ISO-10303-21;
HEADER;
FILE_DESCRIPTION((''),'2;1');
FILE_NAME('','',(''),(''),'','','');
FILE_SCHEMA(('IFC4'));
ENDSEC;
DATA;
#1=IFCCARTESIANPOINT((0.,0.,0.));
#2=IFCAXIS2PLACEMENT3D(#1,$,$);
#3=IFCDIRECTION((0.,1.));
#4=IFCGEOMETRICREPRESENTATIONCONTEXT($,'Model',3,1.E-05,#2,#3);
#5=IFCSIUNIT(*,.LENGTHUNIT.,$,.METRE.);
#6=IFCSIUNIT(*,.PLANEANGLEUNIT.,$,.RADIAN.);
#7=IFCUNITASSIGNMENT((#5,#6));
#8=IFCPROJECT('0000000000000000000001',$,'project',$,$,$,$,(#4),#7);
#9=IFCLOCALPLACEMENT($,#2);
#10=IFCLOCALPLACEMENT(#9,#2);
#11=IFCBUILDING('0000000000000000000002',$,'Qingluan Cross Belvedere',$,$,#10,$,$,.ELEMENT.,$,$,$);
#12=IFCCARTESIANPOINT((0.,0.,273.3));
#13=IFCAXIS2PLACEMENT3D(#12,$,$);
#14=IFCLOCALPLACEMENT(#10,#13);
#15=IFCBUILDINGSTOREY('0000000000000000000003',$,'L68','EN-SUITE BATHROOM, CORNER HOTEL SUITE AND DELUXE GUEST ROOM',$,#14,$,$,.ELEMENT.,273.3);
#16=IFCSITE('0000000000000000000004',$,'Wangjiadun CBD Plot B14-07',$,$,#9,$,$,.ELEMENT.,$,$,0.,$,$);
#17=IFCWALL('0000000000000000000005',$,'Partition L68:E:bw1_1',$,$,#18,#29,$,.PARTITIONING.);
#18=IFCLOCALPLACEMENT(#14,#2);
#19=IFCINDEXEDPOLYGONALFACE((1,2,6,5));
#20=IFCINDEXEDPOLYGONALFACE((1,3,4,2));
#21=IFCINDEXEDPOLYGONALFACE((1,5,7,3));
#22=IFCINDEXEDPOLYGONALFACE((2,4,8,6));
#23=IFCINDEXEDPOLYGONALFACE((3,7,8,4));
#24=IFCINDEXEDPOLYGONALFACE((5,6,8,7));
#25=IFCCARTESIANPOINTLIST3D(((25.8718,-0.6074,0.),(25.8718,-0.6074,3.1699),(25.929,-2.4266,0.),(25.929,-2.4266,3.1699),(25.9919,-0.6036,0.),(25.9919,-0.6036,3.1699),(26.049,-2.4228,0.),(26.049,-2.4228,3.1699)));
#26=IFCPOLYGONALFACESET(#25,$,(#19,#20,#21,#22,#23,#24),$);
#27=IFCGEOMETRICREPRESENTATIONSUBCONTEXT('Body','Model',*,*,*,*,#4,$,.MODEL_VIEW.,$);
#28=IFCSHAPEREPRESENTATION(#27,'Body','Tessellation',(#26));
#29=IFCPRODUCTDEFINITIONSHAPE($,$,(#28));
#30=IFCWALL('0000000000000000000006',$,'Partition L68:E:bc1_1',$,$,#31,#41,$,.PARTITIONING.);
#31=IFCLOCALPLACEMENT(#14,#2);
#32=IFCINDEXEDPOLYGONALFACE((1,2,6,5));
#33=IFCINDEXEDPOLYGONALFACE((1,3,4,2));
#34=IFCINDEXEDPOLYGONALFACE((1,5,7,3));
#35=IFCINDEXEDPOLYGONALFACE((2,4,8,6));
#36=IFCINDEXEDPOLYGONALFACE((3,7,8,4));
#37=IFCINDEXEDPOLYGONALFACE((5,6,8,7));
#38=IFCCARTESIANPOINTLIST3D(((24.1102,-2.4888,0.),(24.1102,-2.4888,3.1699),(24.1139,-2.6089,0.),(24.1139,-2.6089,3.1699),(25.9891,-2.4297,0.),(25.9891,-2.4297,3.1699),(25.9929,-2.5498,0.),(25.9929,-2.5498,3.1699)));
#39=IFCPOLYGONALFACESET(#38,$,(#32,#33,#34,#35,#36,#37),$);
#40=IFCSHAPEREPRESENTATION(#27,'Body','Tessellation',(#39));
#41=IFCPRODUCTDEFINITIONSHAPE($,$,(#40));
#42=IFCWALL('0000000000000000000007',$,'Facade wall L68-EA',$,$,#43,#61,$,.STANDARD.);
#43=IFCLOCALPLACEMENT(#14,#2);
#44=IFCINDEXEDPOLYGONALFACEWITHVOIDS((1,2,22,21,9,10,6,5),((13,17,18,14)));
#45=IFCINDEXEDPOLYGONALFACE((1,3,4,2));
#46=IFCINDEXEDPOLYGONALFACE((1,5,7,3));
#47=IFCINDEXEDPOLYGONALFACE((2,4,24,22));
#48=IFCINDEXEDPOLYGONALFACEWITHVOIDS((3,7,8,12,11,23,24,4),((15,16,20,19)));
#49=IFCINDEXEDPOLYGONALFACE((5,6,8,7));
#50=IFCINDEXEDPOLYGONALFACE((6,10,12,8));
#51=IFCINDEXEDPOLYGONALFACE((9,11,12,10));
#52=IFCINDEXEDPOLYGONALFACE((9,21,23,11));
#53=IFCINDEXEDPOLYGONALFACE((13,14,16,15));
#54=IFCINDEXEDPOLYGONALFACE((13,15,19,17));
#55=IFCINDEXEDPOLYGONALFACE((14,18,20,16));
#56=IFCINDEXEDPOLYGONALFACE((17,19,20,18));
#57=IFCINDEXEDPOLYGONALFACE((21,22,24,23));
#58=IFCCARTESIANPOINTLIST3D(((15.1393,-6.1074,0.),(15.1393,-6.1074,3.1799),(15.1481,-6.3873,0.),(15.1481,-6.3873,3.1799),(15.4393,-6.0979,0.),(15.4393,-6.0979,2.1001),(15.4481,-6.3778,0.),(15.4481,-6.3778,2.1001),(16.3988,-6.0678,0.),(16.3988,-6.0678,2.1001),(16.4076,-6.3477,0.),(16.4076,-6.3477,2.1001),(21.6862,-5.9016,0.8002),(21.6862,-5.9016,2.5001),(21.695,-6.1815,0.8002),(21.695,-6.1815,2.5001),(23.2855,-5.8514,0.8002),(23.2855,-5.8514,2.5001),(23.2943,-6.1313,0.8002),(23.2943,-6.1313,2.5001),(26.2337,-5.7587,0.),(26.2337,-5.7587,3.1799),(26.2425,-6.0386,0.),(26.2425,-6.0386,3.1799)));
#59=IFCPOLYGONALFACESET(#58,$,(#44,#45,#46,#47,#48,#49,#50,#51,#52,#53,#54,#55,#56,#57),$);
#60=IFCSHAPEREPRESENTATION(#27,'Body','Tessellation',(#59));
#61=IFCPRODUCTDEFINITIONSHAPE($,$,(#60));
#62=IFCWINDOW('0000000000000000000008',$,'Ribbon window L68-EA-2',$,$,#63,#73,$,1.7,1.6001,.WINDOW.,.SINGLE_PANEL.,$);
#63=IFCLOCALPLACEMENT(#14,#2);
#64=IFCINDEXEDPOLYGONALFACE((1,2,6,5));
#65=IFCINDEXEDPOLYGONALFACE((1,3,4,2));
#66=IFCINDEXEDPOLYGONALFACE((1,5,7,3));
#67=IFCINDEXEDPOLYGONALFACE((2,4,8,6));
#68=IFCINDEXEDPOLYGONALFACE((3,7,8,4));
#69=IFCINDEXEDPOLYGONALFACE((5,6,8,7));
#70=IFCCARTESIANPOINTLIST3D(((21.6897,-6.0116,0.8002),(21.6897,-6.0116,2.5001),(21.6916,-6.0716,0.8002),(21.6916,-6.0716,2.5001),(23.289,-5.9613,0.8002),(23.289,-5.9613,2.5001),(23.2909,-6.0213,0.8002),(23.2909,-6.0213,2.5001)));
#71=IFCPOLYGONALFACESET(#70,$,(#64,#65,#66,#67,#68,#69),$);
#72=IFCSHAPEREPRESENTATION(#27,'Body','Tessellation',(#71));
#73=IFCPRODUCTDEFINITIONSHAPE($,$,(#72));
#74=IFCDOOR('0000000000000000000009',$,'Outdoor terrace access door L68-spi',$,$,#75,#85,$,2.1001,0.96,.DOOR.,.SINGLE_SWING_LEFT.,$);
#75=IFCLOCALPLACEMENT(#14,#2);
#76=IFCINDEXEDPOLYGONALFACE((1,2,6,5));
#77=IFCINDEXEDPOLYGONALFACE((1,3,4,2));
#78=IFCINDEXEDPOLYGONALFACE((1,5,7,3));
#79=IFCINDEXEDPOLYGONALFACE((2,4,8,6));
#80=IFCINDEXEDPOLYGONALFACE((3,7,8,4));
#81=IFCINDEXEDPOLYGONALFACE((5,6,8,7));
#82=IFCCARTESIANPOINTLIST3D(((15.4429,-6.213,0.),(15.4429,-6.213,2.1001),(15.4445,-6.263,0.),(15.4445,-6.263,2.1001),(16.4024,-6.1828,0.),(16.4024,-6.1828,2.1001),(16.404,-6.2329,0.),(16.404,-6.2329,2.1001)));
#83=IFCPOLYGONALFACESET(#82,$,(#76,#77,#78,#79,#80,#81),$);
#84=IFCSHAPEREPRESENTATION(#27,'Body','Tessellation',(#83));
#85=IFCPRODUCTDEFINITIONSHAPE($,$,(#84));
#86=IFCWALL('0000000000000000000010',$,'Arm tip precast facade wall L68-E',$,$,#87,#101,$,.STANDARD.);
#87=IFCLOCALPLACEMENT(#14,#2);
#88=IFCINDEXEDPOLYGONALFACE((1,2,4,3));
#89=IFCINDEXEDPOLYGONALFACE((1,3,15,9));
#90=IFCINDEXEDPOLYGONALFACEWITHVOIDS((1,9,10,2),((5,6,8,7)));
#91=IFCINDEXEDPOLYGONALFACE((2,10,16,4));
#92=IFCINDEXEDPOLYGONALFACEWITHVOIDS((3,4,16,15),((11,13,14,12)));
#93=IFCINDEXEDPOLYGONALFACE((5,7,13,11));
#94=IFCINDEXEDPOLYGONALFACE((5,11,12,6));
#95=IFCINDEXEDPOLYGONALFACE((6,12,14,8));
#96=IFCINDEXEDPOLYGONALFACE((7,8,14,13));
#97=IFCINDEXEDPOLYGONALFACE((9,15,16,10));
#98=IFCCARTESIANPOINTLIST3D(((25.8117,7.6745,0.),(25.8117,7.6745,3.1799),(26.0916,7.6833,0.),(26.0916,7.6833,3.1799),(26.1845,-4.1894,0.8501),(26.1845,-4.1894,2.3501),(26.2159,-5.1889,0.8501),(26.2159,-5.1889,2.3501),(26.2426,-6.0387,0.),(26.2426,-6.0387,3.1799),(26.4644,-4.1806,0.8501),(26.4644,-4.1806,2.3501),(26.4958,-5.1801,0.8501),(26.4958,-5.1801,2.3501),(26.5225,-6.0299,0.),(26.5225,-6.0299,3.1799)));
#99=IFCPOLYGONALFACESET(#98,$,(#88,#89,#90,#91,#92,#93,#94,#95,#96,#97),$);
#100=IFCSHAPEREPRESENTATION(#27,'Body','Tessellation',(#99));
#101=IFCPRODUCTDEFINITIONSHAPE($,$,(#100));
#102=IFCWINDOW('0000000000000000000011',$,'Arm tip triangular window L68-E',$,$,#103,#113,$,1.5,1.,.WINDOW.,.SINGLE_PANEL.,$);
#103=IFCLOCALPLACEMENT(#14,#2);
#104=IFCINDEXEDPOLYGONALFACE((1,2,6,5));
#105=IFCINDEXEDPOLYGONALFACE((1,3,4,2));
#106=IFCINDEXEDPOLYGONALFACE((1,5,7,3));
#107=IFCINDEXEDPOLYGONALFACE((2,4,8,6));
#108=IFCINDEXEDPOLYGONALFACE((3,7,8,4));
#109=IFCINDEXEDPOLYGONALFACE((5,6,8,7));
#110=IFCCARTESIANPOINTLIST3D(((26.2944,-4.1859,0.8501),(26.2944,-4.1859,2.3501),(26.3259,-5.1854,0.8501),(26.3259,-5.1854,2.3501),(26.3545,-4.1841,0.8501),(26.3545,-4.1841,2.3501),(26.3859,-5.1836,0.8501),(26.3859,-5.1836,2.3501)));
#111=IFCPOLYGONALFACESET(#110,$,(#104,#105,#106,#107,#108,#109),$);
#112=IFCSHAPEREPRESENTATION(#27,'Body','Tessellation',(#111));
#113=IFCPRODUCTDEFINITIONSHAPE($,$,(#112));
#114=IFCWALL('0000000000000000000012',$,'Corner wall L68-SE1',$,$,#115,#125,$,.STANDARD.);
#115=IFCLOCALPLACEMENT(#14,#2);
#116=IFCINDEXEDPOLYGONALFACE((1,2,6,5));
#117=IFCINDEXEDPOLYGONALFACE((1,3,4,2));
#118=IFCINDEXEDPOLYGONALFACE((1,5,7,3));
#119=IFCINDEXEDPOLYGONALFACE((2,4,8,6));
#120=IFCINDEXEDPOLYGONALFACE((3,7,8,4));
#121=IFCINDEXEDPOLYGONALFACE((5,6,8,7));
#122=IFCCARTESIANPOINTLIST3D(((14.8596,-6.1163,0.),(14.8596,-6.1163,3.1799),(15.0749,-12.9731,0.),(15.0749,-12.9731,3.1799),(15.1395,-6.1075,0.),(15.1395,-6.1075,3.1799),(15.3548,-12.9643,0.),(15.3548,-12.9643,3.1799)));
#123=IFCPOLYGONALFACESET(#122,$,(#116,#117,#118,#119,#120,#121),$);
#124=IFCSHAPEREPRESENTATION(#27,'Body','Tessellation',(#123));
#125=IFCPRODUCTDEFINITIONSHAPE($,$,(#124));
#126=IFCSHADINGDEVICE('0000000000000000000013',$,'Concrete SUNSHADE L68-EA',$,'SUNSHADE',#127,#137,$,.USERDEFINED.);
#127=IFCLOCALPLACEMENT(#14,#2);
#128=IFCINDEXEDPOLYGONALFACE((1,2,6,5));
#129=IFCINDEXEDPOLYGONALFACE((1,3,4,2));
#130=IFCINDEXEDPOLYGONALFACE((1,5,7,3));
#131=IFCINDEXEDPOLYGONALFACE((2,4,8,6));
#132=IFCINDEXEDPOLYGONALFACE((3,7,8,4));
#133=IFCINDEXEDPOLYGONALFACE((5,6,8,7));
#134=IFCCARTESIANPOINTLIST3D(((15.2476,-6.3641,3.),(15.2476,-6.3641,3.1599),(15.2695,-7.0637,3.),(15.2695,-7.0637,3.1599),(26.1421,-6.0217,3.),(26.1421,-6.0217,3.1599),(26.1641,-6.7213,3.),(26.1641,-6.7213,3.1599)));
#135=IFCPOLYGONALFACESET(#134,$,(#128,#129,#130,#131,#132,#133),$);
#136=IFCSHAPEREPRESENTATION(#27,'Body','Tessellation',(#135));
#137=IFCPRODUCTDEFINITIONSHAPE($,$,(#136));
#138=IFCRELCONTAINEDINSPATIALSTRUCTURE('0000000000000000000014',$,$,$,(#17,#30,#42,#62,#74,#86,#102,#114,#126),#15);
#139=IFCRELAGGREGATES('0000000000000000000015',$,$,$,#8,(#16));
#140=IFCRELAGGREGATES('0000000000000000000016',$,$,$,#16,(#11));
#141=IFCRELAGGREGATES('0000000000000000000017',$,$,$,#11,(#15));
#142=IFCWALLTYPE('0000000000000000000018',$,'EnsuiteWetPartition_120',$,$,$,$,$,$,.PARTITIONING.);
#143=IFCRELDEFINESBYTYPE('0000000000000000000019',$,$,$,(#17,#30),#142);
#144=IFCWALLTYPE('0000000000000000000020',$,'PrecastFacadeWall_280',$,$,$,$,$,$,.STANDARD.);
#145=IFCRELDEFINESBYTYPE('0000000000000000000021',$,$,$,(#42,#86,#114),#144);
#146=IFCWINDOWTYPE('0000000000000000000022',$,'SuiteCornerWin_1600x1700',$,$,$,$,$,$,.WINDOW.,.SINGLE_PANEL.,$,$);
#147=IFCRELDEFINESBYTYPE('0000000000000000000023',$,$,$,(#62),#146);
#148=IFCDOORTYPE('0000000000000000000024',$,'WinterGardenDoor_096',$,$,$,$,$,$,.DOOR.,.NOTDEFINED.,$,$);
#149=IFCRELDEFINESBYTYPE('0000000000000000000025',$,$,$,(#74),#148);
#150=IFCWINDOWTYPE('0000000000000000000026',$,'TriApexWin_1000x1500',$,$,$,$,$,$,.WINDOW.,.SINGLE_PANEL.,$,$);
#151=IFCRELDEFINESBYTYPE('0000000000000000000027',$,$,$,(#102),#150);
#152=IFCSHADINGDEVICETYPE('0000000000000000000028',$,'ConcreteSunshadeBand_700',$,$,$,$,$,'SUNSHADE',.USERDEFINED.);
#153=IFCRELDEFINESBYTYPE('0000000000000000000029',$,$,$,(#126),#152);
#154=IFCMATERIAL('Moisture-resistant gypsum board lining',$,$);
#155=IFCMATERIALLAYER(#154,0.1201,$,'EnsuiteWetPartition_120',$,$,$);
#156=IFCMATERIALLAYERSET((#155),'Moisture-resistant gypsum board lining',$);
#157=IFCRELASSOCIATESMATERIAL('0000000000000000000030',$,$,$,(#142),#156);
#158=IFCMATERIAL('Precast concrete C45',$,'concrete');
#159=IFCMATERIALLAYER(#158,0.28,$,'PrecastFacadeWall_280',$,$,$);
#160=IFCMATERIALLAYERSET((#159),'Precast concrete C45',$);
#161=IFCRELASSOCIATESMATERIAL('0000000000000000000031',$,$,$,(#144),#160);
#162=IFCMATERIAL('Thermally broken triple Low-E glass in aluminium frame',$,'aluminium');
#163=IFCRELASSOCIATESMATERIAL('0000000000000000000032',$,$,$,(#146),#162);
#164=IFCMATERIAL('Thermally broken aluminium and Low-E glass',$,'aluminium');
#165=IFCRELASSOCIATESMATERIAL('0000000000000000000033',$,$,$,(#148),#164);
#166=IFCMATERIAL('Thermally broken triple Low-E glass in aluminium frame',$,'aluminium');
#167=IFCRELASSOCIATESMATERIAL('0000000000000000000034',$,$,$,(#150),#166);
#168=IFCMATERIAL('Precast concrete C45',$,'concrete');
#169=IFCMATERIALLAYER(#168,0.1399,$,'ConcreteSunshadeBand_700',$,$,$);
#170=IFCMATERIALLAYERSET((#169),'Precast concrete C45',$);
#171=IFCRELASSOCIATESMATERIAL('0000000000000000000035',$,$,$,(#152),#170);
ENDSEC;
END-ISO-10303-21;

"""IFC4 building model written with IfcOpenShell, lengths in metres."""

from ifc_helpers import new_model, si_unit, direction, frame, frame_2d, origin, origin_2d, place, context, subcontext, project, spatial, rectangle, extrude, material, layer, layer_set, type_object, element, fill, save


model = new_model("IFC4")

# Units and contexts
model_context = context("Model", 3, precision=1e-05, world=origin(), true_north=direction((0.0, 1.0)))
body_context = subcontext(model_context, "Body", "Model", "MODEL_VIEW")
ifc_project = project(units=[si_unit("LENGTHUNIT", "METRE"), si_unit("PLANEANGLEUNIT", "RADIAN")], contexts=[model_context])

# Site, building, storey
site_placement = place(None, origin())
site = spatial("IfcSite", under=ifc_project, at=site_placement, Name="Wangjiadun CBD Plot B14-07", CompositionType="ELEMENT", RefElevation=0.0)
building_placement = place(site_placement, origin())
building = spatial("IfcBuilding", under=site, at=building_placement, Name="Qingluan Cross Belvedere", CompositionType="ELEMENT")
storey_placement = place(building_placement, frame((0.0, 0.0, 273.3)))
storey = spatial("IfcBuildingStorey", under=building, at=storey_placement, Name="L68", Description="EN-SUITE BATHROOM, CORNER HOTEL SUITE AND DELUXE GUEST ROOM", CompositionType="ELEMENT", Elevation=273.3)

# Shared definitions
ifc_material_1 = material(Name="Moisture-resistant gypsum board lining")
ifc_layer_1 = layer(ifc_material_1, 0.1201, Name="EnsuiteWetPartition_120")
ifc_layer_set_1 = layer_set([ifc_layer_1], Name="Moisture-resistant gypsum board lining")
wall_type_1 = type_object("IfcWallType", Name="EnsuiteWetPartition_120", PredefinedType="PARTITIONING", material=ifc_layer_set_1)

# Walls
wall_1_placement = place(storey_placement, frame((25.989, -2.4248, 0.0), z_axis=(0.0, 0.0, 1.0), x_axis=(-0.03139, 0.999507, 0.0)))
element("IfcWall", 1, at=wall_1_placement, inside=storey, type_object=wall_type_1, Name="Partition L68:E:bw1_1", PredefinedType="PARTITIONING", context=body_context, shape_type="SweptSolid", body=[
    extrude(rectangle(XDim=1.8201, YDim=0.1201, at=frame_2d((0.9102, 0.0))), origin(), (0.0, 0.0, 1.0), 3.1699),
])
wall_2_placement = place(storey_placement, frame((24.1121, -2.5488, 0.0), z_axis=(0.0, 0.0, 1.0), x_axis=(0.999506, 0.031429, 0.0)))
element("IfcWall", 2, at=wall_2_placement, inside=storey, type_object=wall_type_1, Name="Partition L68:E:bc1_1", PredefinedType="PARTITIONING", context=body_context, shape_type="SweptSolid", body=[
    extrude(rectangle(XDim=1.8799, YDim=0.1201, at=frame_2d((0.9399, 0.0))), origin(), (0.0, 0.0, 1.0), 3.1699),
])

# Wall, openings, window, door
ifc_material_2 = material(Name="Precast concrete C45", Category="concrete")
ifc_layer_2 = layer(ifc_material_2, 0.28, Name="PrecastFacadeWall_280")
ifc_layer_set_2 = layer_set([ifc_layer_2], Name="Precast concrete C45")
wall_type_2 = type_object("IfcWallType", Name="PrecastFacadeWall_280", PredefinedType="STANDARD", material=ifc_layer_set_2)
wall_3_placement = place(storey_placement, frame((15.1438, -6.2473, 0.0), z_axis=(0.0, 0.0, 1.0), x_axis=(0.999507, 0.031408, 0.0)))
wall_3 = element("IfcWall", 3, at=wall_3_placement, inside=storey, type_object=wall_type_2, Name="Facade wall L68-EA", PredefinedType="STANDARD", context=body_context, shape_type="SweptSolid", body=[
    extrude(rectangle(XDim=11.0999, YDim=0.28, at=frame_2d((5.5498, 0.0))), origin(), (0.0, 0.0, 1.0), 3.1799),
])
opening_1_placement = place(wall_3_placement, frame((6.55, 0.0, 0.8)))
opening_1 = element("IfcOpeningElement", 4, at=opening_1_placement, cuts=wall_3, PredefinedType="OPENING", context=body_context, shape_type="SweptSolid", body=[
    extrude(rectangle(XDim=1.6001, YDim=1.7, at=frame_2d((0.8, 0.8501))), frame((0.0, 0.1499, 0.0), z_axis=(0.0, -1.0, 0.0), x_axis=(1.0, 0.0, 0.0)), (0.0, 0.0, 1.0), 0.3),
])
opening_2_placement = place(wall_3_placement, frame((0.3, 0.0, 0.0)))
opening_2 = element("IfcOpeningElement", 5, at=opening_2_placement, cuts=wall_3, PredefinedType="OPENING", context=body_context, shape_type="SweptSolid", body=[
    extrude(rectangle(XDim=0.96, YDim=2.1001, at=frame_2d((0.48, 1.05))), frame((0.0, 0.1499, 0.0), z_axis=(0.0, -1.0, 0.0), x_axis=(1.0, 0.0, 0.0)), (0.0, 0.0, 1.0), 0.3),
])
ifc_material_3 = material(Name="Thermally broken triple Low-E glass in aluminium frame", Category="aluminium")
window_type_1 = type_object("IfcWindowType", Name="SuiteCornerWin_1600x1700", PartitioningType="SINGLE_PANEL", PredefinedType="WINDOW", material=ifc_material_3)
window_1_placement = place(opening_1_placement, origin())
window_1 = element("IfcWindow", 6, at=window_1_placement, inside=storey, type_object=window_type_1, Name="Ribbon window L68-EA-2", OverallHeight=1.7, OverallWidth=1.6001, PartitioningType="SINGLE_PANEL", PredefinedType="WINDOW", context=body_context, shape_type="SweptSolid", body=[
    extrude(rectangle(XDim=1.6001, YDim=1.7, at=frame_2d((0.8, 0.8501))), frame((0.0, 0.03, 0.0), z_axis=(0.0, -1.0, 0.0), x_axis=(1.0, 0.0, 0.0)), (0.0, 0.0, 1.0), 0.0601),
])
fill(opening_1, window_1)
ifc_material_4 = material(Name="Thermally broken aluminium and Low-E glass", Category="aluminium")
door_type_1 = type_object("IfcDoorType", Name="WinterGardenDoor_096", OperationType="NOTDEFINED", PredefinedType="DOOR", material=ifc_material_4)
door_1_placement = place(opening_2_placement, origin())
door_1 = element("IfcDoor", 7, at=door_1_placement, inside=storey, type_object=door_type_1, Name="Outdoor terrace access door L68-spi", OperationType="SINGLE_SWING_LEFT", OverallHeight=2.1001, OverallWidth=0.96, PredefinedType="DOOR", context=body_context, shape_type="SweptSolid", body=[
    extrude(rectangle(XDim=0.96, YDim=2.1001, at=frame_2d((0.48, 1.05))), frame((0.0, 0.0249, 0.0), z_axis=(0.0, -1.0, 0.0), x_axis=(1.0, 0.0, 0.0)), (0.0, 0.0, 1.0), 0.05),
])
fill(opening_2, door_1)

# Wall, opening, window
wall_4_placement = place(storey_placement, frame((26.3826, -6.0342, 0.0), z_axis=(0.0, 0.0, 1.0), x_axis=(-0.031408, 0.999507, 0.0)))
wall_4 = element("IfcWall", 8, at=wall_4_placement, inside=storey, type_object=wall_type_2, Name="Arm tip precast facade wall L68-E", PredefinedType="STANDARD", context=body_context, shape_type="SweptSolid", body=[
    extrude(rectangle(XDim=13.72, YDim=0.28, at=frame_2d((6.8599, 0.0))), origin(), (0.0, 0.0, 1.0), 3.1799),
])
opening_3_placement = place(wall_4_placement, frame((0.8501, 0.0, 0.8501)))
opening_3 = element("IfcOpeningElement", 9, at=opening_3_placement, cuts=wall_4, PredefinedType="OPENING", context=body_context, shape_type="SweptSolid", body=[
    extrude(rectangle(XDim=1.0, YDim=1.5, at=frame_2d((0.5, 0.75))), frame((0.0, 0.1499, 0.0), z_axis=(0.0, -1.0, 0.0), x_axis=(1.0, 0.0, 0.0)), (0.0, 0.0, 1.0), 0.3),
])
ifc_material_5 = material(Name="Thermally broken triple Low-E glass in aluminium frame", Category="aluminium")
window_type_2 = type_object("IfcWindowType", Name="TriApexWin_1000x1500", PartitioningType="SINGLE_PANEL", PredefinedType="WINDOW", material=ifc_material_5)
window_2_placement = place(opening_3_placement, origin())
window_2 = element("IfcWindow", 10, at=window_2_placement, inside=storey, type_object=window_type_2, Name="Arm tip triangular window L68-E", OverallHeight=1.5, OverallWidth=1.0, PartitioningType="SINGLE_PANEL", PredefinedType="WINDOW", context=body_context, shape_type="SweptSolid", body=[
    extrude(rectangle(XDim=1.0, YDim=1.5, at=frame_2d((0.5, 0.75))), frame((0.0, 0.03, 0.0), z_axis=(0.0, -1.0, 0.0), x_axis=(1.0, 0.0, 0.0)), (0.0, 0.0, 1.0), 0.0601),
])
fill(opening_3, window_2)

# Wall
wall_5_placement = place(storey_placement, frame((14.9995, -6.1118, 0.0), z_axis=(0.0, 0.0, 1.0), x_axis=(0.031389, -0.999507, 0.0)))
element("IfcWall", 11, at=wall_5_placement, inside=storey, type_object=wall_type_2, Name="Corner wall L68-SE1", PredefinedType="STANDARD", context=body_context, shape_type="SweptSolid", body=[
    extrude(rectangle(XDim=6.8601, YDim=0.28, at=frame_2d((3.4302, 0.0))), origin(), (0.0, 0.0, 1.0), 3.1799),
])

# Shading device
ifc_material_6 = material(Name="Precast concrete C45", Category="concrete")
ifc_layer_3 = layer(ifc_material_6, 0.1399, Name="ConcreteSunshadeBand_700")
ifc_layer_set_3 = layer_set([ifc_layer_3], Name="Precast concrete C45")
shading_device_type = type_object("IfcShadingDeviceType", Name="ConcreteSunshadeBand_700", ElementType="SUNSHADE", PredefinedType="USERDEFINED", material=ifc_layer_set_3)
shading_device_placement = place(storey_placement, frame((20.7058, -6.5427, 3.0), z_axis=(0.0, 0.0, 1.0), x_axis=(0.999506, 0.031414, 0.0)))
element("IfcShadingDevice", 12, at=shading_device_placement, inside=storey, type_object=shading_device_type, Name="Concrete SUNSHADE L68-EA", ObjectType="SUNSHADE", PredefinedType="USERDEFINED", context=body_context, shape_type="SweptSolid", body=[
    extrude(rectangle(XDim=10.8999, YDim=0.7, at=origin_2d()), origin(), (0.0, 0.0, 1.0), 0.1599),
])

save(model, "model.ifc")
